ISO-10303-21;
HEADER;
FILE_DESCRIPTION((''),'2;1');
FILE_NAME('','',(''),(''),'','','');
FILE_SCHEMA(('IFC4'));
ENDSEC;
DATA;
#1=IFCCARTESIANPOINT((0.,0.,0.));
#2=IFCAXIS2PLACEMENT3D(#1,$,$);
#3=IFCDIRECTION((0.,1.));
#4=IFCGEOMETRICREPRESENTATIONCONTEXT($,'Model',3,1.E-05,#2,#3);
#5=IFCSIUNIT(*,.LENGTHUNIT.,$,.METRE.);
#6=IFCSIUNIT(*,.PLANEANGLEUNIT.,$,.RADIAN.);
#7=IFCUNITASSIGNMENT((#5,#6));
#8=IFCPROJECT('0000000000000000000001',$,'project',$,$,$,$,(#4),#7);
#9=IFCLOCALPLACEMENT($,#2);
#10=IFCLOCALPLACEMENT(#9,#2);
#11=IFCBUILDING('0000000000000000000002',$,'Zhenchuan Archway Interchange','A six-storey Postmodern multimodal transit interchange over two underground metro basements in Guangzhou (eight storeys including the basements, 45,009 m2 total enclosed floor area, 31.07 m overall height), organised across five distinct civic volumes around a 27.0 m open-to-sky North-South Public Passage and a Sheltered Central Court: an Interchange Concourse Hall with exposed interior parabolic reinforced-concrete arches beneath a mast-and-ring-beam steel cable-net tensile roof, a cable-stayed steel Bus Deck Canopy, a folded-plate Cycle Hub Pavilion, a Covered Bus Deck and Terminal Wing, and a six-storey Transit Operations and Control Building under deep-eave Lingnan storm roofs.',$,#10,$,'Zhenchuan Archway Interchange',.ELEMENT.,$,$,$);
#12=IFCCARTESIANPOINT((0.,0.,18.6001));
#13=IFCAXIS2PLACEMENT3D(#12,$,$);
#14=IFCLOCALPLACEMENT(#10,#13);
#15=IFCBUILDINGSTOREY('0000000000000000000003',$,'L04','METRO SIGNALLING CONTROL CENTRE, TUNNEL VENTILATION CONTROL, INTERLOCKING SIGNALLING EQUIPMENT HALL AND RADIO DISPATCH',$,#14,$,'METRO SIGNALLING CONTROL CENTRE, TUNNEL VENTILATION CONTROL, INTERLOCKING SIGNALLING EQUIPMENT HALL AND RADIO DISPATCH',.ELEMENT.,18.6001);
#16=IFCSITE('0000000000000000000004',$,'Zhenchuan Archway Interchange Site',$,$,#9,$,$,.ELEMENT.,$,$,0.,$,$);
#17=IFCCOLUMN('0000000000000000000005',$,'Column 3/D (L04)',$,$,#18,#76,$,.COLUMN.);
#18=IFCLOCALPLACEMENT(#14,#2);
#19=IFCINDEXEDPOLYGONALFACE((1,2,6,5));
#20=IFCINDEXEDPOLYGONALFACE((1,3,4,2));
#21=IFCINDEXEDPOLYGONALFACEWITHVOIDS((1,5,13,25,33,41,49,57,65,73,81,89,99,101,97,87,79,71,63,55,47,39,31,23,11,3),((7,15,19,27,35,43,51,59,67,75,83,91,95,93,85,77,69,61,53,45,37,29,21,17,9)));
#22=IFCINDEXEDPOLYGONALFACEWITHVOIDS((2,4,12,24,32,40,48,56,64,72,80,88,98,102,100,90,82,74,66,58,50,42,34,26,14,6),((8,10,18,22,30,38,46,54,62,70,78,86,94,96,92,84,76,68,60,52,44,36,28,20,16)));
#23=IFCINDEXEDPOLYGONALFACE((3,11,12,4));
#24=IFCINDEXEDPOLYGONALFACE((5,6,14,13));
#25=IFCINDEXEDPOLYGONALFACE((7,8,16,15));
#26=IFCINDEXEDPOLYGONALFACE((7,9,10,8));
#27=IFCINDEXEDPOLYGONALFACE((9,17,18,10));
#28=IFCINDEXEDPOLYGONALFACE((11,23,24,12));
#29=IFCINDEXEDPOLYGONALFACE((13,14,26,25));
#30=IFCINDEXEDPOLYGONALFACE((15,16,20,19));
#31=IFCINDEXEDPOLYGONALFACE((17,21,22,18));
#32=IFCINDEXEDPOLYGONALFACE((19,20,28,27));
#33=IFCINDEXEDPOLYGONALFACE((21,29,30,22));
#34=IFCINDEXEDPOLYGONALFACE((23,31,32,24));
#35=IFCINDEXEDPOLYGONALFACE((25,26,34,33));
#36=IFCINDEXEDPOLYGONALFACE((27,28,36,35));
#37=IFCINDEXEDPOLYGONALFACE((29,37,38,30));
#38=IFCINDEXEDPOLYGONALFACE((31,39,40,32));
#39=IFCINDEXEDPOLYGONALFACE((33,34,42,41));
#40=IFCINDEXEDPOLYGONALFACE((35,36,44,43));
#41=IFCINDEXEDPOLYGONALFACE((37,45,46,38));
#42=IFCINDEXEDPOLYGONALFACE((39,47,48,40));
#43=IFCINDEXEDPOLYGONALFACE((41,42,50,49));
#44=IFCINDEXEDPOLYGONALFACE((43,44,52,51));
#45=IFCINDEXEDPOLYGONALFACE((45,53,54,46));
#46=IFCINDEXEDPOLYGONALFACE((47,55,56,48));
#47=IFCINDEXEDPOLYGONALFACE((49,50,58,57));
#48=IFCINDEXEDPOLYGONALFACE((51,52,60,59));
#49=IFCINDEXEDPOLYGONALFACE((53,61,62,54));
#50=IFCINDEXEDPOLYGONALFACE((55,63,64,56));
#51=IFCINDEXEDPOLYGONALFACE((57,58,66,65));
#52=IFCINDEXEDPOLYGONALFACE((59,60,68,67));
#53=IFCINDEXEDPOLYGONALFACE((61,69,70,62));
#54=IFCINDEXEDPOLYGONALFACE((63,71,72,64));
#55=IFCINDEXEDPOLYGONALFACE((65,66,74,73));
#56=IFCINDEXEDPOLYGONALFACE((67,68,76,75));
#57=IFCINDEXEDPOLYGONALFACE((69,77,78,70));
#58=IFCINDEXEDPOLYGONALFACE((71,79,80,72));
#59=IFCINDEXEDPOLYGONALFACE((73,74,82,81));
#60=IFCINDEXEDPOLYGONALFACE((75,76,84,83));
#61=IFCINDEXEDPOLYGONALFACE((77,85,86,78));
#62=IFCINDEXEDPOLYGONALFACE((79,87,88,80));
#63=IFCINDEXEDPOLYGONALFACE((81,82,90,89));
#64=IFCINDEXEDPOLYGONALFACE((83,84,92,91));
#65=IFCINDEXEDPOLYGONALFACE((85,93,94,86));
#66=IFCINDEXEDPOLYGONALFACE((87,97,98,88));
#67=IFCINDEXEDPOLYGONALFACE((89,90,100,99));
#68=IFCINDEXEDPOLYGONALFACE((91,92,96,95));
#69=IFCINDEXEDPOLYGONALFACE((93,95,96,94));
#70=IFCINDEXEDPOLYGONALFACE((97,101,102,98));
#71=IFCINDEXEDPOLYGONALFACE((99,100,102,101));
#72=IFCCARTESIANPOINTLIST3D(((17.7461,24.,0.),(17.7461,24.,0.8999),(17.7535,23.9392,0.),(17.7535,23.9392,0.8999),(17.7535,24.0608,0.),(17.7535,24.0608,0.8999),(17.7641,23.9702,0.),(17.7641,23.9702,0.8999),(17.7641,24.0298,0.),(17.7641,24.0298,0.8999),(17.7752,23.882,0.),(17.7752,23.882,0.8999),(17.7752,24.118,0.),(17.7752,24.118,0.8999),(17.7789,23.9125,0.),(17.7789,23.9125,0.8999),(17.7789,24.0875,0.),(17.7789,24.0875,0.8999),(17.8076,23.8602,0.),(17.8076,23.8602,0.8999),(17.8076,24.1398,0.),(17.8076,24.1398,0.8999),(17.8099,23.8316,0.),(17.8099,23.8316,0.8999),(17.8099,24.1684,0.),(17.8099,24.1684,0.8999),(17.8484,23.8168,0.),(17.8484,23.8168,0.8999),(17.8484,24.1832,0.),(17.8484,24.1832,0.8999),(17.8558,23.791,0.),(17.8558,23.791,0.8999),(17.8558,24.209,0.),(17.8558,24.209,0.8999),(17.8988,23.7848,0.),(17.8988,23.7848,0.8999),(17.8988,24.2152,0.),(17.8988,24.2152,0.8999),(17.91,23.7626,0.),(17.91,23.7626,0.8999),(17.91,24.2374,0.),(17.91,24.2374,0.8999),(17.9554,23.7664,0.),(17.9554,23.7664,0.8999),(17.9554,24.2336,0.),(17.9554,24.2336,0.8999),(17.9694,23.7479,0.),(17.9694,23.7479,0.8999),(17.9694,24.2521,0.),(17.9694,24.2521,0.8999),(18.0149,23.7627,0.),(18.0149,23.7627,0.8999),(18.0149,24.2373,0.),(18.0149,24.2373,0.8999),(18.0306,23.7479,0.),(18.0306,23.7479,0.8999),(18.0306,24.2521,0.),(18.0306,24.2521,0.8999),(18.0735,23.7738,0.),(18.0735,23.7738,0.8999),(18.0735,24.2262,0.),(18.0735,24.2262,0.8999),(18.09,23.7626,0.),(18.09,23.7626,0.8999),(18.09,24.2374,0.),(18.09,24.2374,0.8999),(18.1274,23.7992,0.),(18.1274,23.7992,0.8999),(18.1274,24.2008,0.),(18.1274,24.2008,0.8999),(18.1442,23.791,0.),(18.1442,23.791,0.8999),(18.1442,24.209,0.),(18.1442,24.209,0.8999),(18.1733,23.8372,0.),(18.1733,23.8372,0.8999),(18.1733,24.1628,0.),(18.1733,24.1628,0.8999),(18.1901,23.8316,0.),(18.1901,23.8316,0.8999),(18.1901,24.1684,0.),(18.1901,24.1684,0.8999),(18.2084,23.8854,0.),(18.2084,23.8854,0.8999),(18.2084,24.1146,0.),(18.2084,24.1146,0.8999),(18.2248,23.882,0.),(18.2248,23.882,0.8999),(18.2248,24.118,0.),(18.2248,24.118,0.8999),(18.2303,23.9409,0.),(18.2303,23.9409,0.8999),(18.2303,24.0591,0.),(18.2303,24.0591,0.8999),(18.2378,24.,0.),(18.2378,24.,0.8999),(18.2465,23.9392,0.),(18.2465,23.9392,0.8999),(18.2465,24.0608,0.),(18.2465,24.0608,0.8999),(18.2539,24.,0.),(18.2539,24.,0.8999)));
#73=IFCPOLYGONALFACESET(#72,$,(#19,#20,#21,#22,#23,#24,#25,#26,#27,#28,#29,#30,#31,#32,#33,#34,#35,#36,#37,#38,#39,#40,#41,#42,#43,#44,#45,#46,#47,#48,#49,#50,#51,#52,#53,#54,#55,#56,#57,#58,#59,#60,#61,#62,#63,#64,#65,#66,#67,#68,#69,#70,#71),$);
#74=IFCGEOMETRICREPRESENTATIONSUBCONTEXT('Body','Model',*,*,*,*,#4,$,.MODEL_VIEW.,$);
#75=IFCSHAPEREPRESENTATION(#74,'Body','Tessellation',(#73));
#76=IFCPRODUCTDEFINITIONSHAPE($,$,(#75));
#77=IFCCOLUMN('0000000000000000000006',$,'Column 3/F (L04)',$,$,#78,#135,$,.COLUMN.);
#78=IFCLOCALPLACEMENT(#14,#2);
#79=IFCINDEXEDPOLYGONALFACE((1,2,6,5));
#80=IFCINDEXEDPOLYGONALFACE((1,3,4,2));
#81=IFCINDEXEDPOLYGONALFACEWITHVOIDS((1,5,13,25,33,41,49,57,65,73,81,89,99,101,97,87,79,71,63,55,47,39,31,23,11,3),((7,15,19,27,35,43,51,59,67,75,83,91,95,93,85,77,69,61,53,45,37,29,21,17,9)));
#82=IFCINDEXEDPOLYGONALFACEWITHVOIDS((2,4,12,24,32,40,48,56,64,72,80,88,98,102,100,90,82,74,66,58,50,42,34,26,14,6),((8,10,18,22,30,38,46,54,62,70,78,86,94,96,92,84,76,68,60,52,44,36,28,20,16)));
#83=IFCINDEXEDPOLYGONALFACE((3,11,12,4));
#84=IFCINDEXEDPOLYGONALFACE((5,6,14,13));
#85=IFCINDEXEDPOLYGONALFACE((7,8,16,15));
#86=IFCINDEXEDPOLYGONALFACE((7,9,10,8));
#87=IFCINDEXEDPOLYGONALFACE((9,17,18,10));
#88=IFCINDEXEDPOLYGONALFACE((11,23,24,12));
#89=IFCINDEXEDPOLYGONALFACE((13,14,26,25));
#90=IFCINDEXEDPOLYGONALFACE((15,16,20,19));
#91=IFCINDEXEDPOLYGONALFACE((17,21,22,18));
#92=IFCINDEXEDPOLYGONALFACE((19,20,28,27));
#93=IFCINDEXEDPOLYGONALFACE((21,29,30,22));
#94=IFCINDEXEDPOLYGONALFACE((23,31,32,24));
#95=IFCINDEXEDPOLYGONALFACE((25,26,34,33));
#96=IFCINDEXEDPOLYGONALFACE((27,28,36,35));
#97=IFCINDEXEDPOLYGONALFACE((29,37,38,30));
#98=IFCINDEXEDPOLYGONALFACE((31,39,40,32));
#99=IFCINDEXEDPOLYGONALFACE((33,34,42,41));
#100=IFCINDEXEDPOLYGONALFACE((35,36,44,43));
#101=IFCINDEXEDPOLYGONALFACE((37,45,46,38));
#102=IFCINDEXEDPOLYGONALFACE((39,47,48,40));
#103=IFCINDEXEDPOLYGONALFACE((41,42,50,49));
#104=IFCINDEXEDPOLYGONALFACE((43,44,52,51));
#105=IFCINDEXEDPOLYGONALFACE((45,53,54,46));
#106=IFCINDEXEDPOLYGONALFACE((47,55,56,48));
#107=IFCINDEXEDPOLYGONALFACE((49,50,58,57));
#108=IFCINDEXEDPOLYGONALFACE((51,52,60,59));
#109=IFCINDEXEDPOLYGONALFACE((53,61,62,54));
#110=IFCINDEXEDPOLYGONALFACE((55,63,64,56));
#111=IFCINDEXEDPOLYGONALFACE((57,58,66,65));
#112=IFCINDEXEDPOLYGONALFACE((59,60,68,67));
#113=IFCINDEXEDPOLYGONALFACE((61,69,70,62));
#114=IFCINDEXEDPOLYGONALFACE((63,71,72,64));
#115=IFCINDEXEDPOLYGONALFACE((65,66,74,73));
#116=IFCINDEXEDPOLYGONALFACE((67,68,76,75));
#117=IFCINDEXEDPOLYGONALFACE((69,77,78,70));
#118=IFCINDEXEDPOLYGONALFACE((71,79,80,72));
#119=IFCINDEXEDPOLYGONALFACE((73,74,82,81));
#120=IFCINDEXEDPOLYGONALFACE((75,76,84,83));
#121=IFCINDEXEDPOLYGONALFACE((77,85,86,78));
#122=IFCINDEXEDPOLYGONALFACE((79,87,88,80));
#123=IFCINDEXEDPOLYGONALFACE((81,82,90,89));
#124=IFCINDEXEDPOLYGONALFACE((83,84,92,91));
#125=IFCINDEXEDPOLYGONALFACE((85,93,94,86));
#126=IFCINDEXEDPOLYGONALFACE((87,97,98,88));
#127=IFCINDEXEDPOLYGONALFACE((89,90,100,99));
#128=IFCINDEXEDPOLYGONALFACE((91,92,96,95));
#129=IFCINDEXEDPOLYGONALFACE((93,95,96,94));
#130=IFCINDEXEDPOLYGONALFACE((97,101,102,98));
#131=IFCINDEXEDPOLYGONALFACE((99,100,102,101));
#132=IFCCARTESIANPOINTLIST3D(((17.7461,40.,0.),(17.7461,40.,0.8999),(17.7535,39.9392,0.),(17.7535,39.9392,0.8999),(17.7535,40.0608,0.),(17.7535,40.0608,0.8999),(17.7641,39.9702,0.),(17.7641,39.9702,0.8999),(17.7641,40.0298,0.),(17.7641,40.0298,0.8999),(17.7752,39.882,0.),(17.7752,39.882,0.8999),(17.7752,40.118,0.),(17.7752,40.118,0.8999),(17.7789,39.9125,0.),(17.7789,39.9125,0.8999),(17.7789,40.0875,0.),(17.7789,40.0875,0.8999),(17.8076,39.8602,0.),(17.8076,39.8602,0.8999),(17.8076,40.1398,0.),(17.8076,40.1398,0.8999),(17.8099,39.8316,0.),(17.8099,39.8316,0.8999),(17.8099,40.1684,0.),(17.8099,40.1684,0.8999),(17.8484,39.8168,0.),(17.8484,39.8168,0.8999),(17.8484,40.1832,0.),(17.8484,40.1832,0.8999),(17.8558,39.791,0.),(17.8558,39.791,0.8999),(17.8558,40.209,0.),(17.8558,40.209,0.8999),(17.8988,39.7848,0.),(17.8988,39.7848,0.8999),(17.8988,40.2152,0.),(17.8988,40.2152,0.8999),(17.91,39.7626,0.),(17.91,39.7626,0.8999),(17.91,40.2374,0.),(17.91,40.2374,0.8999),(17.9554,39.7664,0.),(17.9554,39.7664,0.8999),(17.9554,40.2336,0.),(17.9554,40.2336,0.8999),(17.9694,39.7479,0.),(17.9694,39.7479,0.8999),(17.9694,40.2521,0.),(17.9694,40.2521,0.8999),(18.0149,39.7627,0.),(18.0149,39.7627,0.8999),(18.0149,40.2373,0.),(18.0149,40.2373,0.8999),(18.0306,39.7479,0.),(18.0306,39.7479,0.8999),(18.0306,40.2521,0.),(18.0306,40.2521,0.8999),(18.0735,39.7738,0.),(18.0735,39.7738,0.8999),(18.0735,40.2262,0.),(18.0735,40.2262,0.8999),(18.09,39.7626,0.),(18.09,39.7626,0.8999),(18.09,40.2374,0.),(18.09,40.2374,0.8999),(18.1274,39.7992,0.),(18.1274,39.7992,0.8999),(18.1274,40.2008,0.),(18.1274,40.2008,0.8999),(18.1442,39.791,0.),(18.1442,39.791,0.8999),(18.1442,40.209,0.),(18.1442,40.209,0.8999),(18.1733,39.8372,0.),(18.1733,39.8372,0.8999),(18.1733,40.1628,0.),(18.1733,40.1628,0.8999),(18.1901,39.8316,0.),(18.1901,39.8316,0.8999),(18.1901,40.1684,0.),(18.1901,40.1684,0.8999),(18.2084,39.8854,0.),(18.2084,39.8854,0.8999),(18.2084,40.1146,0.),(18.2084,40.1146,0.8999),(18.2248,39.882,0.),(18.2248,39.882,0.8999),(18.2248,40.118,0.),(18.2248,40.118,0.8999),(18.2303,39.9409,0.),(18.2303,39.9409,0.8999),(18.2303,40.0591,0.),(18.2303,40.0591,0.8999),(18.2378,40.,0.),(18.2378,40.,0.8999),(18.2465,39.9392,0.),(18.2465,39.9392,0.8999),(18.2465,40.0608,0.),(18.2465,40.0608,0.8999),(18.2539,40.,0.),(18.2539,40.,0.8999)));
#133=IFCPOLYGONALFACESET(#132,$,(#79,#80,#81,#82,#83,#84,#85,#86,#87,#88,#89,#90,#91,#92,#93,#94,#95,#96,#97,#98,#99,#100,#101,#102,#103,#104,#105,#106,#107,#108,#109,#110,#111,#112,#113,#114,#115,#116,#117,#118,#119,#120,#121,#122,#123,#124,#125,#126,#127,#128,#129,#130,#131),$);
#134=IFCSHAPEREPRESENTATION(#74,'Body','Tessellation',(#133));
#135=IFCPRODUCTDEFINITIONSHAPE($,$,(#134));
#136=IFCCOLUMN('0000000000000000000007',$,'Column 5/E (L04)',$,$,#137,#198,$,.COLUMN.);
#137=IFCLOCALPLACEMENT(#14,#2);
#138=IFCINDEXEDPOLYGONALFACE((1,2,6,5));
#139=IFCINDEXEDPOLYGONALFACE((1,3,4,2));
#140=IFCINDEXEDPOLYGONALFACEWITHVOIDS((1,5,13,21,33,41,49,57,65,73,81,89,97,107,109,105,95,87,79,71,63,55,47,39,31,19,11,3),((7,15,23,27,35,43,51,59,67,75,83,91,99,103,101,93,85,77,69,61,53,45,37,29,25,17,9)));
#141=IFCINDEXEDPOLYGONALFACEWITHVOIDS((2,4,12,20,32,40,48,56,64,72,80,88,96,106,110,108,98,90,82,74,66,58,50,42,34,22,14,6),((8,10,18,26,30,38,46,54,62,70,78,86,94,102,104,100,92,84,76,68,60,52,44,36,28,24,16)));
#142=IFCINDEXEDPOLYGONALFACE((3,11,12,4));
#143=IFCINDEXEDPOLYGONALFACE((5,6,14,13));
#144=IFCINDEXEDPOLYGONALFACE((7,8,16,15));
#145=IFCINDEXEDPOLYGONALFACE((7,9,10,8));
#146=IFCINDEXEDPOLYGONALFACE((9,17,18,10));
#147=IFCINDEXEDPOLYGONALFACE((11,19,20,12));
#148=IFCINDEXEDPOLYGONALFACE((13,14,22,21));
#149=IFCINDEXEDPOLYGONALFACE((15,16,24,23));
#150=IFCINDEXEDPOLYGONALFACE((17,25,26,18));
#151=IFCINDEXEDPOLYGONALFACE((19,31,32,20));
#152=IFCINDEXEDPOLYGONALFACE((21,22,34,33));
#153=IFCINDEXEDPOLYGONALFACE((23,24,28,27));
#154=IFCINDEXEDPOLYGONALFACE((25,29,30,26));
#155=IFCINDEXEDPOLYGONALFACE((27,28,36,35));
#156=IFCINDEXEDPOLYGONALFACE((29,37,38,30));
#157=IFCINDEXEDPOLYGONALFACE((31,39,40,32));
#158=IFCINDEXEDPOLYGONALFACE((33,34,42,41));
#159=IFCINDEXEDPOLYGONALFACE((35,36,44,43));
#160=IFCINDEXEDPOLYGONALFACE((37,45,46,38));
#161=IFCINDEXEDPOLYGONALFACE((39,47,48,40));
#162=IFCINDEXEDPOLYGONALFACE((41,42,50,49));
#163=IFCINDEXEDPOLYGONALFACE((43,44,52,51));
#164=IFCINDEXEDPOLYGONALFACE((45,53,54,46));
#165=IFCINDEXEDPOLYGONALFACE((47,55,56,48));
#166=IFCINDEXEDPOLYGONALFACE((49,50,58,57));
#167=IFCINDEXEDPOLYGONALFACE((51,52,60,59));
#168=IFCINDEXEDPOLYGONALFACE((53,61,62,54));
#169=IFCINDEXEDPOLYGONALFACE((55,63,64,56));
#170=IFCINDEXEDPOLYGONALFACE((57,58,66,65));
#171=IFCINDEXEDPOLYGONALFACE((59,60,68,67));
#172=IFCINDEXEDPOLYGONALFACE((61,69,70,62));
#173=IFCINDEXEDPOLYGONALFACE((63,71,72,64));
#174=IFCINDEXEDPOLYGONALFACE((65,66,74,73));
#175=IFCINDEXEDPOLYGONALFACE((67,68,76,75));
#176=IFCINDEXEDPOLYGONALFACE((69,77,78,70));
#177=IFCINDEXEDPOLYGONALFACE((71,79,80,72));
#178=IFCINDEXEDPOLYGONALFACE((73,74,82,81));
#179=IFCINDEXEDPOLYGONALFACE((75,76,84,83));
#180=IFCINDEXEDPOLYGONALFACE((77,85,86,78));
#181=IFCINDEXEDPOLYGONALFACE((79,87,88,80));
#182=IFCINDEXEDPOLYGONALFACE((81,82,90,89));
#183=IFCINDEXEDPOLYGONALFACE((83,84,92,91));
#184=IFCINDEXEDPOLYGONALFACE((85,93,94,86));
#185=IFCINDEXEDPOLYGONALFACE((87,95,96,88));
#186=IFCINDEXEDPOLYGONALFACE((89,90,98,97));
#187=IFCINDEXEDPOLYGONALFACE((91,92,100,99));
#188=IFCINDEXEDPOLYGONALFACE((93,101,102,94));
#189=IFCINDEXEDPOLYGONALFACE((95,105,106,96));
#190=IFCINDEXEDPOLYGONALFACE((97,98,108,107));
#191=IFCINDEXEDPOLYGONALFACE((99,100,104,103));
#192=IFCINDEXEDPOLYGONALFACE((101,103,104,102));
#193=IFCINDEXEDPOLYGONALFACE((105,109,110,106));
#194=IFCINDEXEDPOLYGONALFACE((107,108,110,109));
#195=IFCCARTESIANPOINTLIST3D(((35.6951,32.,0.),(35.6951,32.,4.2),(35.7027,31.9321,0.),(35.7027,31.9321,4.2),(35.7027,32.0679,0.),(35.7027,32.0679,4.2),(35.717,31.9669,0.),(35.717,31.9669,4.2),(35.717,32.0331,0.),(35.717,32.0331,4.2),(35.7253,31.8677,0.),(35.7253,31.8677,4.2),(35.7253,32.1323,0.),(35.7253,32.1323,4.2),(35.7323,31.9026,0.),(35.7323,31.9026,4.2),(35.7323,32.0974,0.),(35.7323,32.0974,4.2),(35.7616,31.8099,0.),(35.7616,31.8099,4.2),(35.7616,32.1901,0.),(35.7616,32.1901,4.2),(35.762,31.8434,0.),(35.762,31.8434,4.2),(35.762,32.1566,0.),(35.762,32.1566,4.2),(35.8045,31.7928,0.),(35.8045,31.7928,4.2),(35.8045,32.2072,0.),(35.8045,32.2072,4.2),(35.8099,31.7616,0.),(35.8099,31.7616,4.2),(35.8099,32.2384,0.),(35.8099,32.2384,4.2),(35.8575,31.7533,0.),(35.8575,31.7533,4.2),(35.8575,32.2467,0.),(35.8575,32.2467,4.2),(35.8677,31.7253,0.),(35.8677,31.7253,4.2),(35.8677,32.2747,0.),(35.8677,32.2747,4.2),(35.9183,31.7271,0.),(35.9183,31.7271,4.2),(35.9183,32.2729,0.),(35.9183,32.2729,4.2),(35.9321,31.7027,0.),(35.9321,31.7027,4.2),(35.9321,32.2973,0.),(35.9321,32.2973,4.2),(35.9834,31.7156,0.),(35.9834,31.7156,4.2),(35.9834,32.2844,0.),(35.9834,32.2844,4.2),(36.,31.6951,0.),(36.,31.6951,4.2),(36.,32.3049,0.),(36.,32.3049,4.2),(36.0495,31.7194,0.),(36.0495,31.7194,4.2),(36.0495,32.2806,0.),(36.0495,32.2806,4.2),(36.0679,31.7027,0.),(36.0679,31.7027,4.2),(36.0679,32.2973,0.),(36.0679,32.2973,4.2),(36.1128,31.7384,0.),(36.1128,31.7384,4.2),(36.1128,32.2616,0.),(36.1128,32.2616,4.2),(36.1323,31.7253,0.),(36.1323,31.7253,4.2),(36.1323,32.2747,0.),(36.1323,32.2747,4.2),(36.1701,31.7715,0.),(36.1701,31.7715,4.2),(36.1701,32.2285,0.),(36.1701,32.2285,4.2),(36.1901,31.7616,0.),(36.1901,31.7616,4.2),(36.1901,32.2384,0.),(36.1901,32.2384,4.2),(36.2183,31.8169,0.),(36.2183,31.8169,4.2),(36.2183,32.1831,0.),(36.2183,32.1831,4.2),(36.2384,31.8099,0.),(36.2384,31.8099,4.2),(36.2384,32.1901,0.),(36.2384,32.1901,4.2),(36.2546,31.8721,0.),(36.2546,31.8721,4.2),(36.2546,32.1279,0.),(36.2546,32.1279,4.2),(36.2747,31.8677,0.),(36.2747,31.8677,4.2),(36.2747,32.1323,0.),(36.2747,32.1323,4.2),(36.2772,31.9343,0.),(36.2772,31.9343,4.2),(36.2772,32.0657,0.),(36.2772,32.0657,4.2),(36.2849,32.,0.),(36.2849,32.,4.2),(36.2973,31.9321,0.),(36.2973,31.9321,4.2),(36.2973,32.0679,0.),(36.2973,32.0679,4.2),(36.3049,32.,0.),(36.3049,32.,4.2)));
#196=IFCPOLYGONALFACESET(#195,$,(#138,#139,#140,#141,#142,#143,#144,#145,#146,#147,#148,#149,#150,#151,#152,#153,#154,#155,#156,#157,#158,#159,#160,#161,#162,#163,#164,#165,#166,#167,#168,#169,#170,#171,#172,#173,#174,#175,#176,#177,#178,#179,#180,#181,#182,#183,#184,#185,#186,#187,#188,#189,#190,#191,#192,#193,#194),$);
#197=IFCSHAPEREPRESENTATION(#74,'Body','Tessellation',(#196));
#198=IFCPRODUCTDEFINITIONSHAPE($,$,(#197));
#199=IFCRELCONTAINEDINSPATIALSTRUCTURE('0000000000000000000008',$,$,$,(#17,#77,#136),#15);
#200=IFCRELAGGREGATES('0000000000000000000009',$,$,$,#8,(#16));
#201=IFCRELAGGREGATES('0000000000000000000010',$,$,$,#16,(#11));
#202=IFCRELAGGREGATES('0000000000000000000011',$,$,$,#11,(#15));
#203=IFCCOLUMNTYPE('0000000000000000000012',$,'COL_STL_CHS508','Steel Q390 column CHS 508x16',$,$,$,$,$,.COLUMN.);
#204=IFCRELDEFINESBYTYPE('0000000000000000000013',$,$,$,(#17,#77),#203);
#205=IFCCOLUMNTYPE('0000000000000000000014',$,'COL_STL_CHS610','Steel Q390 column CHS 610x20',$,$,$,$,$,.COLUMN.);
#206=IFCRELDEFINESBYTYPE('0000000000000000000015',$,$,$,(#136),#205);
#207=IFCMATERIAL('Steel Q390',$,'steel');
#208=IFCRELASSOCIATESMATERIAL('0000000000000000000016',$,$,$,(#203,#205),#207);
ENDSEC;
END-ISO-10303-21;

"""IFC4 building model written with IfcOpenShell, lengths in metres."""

from ifc_helpers import new_model, si_unit, direction, frame, origin, origin_2d, place, context, subcontext, project, spatial, hollow_circle, extrude, material, material_profile, profile_set, type_object, element, save


model = new_model("IFC4")

# Units and contexts
model_context = context("Model", 3, precision=1e-05, world=origin(), true_north=direction((0.0, 1.0)))
body_context = subcontext(model_context, "Body", "Model", "MODEL_VIEW")
ifc_project = project(units=[si_unit("LENGTHUNIT", "METRE"), si_unit("PLANEANGLEUNIT", "RADIAN")], contexts=[model_context])

# Site, building, storey
site_placement = place(None, origin())
site = spatial("IfcSite", under=ifc_project, at=site_placement, Name="Zhenchuan Archway Interchange Site", CompositionType="ELEMENT", RefElevation=0.0)
building_placement = place(site_placement, origin())
building = spatial("IfcBuilding", under=site, at=building_placement, Name="Zhenchuan Archway Interchange", Description="A six-storey Postmodern multimodal transit interchange over two underground metro basements in Guangzhou (eight storeys including the basements, 45,009 m2 total enclosed floor area, 31.07 m overall height), organised across five distinct civic volumes around a 27.0 m open-to-sky North-South Public Passage and a Sheltered Central Court: an Interchange Concourse Hall with exposed interior parabolic reinforced-concrete arches beneath a mast-and-ring-beam steel cable-net tensile roof, a cable-stayed steel Bus Deck Canopy, a folded-plate Cycle Hub Pavilion, a Covered Bus Deck and Terminal Wing, and a six-storey Transit Operations and Control Building under deep-eave Lingnan storm roofs.", LongName="Zhenchuan Archway Interchange", CompositionType="ELEMENT")
storey_placement = place(building_placement, frame((0.0, 0.0, 18.6001)))
storey = spatial("IfcBuildingStorey", under=building, at=storey_placement, Name="L04", Description="METRO SIGNALLING CONTROL CENTRE, TUNNEL VENTILATION CONTROL, INTERLOCKING SIGNALLING EQUIPMENT HALL AND RADIO DISPATCH", LongName="METRO SIGNALLING CONTROL CENTRE, TUNNEL VENTILATION CONTROL, INTERLOCKING SIGNALLING EQUIPMENT HALL AND RADIO DISPATCH", CompositionType="ELEMENT", Elevation=18.6001)

# Columns
ifc_material_1 = material(Name="Steel Q390", Category="steel")
ifc_material_profile_1 = material_profile(ifc_material_1, hollow_circle(Radius=0.2539, WallThickness=0.0161, at=origin_2d()), Name="CHS 508x16")
ifc_profile_set_1 = profile_set([ifc_material_profile_1], Name="Steel Q390")
column_type_1 = type_object("IfcColumnType", Name="COL_STL_CHS508", Description="Steel Q390 column CHS 508x16", PredefinedType="COLUMN", material=ifc_profile_set_1)
for number, where, z_axis, x_axis, name in (
    (1, (18.0, 24.0, 0.0), (0.0, 0.0, 1.0), (1.0, 0.0, 0.0), "Column 3/D (L04)"),
    (2, (18.0, 40.0, 0.0), (0.0, 0.0, 1.0), (1.0, 0.0, 0.0), "Column 3/F (L04)"),
):
    element("IfcColumn", number, at=place(storey_placement, frame(where, z_axis=z_axis, x_axis=x_axis)), inside=storey, type_object=column_type_1, Name=name, PredefinedType="COLUMN", context=body_context, shape_type="SweptSolid", body=[
        extrude(hollow_circle(Radius=0.2539, WallThickness=0.0161, at=origin_2d()), origin(), (0.0, 0.0, 1.0), 0.8999),
    ])
ifc_material_profile_2 = material_profile(ifc_material_1, hollow_circle(Radius=0.3049, WallThickness=0.02, at=origin_2d()), Name="CHS 610x20")
ifc_profile_set_2 = profile_set([ifc_material_profile_2], Name="Steel Q390")
column_type_2 = type_object("IfcColumnType", Name="COL_STL_CHS610", Description="Steel Q390 column CHS 610x20", PredefinedType="COLUMN", material=ifc_profile_set_2)
column_placement = place(storey_placement, frame((36.0, 32.0, 0.0), z_axis=(0.0, 0.0, 1.0), x_axis=(1.0, 0.0, 0.0)))
element("IfcColumn", 3, at=column_placement, inside=storey, type_object=column_type_2, Name="Column 5/E (L04)", PredefinedType="COLUMN", context=body_context, shape_type="SweptSolid", body=[
    extrude(hollow_circle(Radius=0.3049, WallThickness=0.02, at=origin_2d()), origin(), (0.0, 0.0, 1.0), 4.2),
])

save(model, "model.ifc")
